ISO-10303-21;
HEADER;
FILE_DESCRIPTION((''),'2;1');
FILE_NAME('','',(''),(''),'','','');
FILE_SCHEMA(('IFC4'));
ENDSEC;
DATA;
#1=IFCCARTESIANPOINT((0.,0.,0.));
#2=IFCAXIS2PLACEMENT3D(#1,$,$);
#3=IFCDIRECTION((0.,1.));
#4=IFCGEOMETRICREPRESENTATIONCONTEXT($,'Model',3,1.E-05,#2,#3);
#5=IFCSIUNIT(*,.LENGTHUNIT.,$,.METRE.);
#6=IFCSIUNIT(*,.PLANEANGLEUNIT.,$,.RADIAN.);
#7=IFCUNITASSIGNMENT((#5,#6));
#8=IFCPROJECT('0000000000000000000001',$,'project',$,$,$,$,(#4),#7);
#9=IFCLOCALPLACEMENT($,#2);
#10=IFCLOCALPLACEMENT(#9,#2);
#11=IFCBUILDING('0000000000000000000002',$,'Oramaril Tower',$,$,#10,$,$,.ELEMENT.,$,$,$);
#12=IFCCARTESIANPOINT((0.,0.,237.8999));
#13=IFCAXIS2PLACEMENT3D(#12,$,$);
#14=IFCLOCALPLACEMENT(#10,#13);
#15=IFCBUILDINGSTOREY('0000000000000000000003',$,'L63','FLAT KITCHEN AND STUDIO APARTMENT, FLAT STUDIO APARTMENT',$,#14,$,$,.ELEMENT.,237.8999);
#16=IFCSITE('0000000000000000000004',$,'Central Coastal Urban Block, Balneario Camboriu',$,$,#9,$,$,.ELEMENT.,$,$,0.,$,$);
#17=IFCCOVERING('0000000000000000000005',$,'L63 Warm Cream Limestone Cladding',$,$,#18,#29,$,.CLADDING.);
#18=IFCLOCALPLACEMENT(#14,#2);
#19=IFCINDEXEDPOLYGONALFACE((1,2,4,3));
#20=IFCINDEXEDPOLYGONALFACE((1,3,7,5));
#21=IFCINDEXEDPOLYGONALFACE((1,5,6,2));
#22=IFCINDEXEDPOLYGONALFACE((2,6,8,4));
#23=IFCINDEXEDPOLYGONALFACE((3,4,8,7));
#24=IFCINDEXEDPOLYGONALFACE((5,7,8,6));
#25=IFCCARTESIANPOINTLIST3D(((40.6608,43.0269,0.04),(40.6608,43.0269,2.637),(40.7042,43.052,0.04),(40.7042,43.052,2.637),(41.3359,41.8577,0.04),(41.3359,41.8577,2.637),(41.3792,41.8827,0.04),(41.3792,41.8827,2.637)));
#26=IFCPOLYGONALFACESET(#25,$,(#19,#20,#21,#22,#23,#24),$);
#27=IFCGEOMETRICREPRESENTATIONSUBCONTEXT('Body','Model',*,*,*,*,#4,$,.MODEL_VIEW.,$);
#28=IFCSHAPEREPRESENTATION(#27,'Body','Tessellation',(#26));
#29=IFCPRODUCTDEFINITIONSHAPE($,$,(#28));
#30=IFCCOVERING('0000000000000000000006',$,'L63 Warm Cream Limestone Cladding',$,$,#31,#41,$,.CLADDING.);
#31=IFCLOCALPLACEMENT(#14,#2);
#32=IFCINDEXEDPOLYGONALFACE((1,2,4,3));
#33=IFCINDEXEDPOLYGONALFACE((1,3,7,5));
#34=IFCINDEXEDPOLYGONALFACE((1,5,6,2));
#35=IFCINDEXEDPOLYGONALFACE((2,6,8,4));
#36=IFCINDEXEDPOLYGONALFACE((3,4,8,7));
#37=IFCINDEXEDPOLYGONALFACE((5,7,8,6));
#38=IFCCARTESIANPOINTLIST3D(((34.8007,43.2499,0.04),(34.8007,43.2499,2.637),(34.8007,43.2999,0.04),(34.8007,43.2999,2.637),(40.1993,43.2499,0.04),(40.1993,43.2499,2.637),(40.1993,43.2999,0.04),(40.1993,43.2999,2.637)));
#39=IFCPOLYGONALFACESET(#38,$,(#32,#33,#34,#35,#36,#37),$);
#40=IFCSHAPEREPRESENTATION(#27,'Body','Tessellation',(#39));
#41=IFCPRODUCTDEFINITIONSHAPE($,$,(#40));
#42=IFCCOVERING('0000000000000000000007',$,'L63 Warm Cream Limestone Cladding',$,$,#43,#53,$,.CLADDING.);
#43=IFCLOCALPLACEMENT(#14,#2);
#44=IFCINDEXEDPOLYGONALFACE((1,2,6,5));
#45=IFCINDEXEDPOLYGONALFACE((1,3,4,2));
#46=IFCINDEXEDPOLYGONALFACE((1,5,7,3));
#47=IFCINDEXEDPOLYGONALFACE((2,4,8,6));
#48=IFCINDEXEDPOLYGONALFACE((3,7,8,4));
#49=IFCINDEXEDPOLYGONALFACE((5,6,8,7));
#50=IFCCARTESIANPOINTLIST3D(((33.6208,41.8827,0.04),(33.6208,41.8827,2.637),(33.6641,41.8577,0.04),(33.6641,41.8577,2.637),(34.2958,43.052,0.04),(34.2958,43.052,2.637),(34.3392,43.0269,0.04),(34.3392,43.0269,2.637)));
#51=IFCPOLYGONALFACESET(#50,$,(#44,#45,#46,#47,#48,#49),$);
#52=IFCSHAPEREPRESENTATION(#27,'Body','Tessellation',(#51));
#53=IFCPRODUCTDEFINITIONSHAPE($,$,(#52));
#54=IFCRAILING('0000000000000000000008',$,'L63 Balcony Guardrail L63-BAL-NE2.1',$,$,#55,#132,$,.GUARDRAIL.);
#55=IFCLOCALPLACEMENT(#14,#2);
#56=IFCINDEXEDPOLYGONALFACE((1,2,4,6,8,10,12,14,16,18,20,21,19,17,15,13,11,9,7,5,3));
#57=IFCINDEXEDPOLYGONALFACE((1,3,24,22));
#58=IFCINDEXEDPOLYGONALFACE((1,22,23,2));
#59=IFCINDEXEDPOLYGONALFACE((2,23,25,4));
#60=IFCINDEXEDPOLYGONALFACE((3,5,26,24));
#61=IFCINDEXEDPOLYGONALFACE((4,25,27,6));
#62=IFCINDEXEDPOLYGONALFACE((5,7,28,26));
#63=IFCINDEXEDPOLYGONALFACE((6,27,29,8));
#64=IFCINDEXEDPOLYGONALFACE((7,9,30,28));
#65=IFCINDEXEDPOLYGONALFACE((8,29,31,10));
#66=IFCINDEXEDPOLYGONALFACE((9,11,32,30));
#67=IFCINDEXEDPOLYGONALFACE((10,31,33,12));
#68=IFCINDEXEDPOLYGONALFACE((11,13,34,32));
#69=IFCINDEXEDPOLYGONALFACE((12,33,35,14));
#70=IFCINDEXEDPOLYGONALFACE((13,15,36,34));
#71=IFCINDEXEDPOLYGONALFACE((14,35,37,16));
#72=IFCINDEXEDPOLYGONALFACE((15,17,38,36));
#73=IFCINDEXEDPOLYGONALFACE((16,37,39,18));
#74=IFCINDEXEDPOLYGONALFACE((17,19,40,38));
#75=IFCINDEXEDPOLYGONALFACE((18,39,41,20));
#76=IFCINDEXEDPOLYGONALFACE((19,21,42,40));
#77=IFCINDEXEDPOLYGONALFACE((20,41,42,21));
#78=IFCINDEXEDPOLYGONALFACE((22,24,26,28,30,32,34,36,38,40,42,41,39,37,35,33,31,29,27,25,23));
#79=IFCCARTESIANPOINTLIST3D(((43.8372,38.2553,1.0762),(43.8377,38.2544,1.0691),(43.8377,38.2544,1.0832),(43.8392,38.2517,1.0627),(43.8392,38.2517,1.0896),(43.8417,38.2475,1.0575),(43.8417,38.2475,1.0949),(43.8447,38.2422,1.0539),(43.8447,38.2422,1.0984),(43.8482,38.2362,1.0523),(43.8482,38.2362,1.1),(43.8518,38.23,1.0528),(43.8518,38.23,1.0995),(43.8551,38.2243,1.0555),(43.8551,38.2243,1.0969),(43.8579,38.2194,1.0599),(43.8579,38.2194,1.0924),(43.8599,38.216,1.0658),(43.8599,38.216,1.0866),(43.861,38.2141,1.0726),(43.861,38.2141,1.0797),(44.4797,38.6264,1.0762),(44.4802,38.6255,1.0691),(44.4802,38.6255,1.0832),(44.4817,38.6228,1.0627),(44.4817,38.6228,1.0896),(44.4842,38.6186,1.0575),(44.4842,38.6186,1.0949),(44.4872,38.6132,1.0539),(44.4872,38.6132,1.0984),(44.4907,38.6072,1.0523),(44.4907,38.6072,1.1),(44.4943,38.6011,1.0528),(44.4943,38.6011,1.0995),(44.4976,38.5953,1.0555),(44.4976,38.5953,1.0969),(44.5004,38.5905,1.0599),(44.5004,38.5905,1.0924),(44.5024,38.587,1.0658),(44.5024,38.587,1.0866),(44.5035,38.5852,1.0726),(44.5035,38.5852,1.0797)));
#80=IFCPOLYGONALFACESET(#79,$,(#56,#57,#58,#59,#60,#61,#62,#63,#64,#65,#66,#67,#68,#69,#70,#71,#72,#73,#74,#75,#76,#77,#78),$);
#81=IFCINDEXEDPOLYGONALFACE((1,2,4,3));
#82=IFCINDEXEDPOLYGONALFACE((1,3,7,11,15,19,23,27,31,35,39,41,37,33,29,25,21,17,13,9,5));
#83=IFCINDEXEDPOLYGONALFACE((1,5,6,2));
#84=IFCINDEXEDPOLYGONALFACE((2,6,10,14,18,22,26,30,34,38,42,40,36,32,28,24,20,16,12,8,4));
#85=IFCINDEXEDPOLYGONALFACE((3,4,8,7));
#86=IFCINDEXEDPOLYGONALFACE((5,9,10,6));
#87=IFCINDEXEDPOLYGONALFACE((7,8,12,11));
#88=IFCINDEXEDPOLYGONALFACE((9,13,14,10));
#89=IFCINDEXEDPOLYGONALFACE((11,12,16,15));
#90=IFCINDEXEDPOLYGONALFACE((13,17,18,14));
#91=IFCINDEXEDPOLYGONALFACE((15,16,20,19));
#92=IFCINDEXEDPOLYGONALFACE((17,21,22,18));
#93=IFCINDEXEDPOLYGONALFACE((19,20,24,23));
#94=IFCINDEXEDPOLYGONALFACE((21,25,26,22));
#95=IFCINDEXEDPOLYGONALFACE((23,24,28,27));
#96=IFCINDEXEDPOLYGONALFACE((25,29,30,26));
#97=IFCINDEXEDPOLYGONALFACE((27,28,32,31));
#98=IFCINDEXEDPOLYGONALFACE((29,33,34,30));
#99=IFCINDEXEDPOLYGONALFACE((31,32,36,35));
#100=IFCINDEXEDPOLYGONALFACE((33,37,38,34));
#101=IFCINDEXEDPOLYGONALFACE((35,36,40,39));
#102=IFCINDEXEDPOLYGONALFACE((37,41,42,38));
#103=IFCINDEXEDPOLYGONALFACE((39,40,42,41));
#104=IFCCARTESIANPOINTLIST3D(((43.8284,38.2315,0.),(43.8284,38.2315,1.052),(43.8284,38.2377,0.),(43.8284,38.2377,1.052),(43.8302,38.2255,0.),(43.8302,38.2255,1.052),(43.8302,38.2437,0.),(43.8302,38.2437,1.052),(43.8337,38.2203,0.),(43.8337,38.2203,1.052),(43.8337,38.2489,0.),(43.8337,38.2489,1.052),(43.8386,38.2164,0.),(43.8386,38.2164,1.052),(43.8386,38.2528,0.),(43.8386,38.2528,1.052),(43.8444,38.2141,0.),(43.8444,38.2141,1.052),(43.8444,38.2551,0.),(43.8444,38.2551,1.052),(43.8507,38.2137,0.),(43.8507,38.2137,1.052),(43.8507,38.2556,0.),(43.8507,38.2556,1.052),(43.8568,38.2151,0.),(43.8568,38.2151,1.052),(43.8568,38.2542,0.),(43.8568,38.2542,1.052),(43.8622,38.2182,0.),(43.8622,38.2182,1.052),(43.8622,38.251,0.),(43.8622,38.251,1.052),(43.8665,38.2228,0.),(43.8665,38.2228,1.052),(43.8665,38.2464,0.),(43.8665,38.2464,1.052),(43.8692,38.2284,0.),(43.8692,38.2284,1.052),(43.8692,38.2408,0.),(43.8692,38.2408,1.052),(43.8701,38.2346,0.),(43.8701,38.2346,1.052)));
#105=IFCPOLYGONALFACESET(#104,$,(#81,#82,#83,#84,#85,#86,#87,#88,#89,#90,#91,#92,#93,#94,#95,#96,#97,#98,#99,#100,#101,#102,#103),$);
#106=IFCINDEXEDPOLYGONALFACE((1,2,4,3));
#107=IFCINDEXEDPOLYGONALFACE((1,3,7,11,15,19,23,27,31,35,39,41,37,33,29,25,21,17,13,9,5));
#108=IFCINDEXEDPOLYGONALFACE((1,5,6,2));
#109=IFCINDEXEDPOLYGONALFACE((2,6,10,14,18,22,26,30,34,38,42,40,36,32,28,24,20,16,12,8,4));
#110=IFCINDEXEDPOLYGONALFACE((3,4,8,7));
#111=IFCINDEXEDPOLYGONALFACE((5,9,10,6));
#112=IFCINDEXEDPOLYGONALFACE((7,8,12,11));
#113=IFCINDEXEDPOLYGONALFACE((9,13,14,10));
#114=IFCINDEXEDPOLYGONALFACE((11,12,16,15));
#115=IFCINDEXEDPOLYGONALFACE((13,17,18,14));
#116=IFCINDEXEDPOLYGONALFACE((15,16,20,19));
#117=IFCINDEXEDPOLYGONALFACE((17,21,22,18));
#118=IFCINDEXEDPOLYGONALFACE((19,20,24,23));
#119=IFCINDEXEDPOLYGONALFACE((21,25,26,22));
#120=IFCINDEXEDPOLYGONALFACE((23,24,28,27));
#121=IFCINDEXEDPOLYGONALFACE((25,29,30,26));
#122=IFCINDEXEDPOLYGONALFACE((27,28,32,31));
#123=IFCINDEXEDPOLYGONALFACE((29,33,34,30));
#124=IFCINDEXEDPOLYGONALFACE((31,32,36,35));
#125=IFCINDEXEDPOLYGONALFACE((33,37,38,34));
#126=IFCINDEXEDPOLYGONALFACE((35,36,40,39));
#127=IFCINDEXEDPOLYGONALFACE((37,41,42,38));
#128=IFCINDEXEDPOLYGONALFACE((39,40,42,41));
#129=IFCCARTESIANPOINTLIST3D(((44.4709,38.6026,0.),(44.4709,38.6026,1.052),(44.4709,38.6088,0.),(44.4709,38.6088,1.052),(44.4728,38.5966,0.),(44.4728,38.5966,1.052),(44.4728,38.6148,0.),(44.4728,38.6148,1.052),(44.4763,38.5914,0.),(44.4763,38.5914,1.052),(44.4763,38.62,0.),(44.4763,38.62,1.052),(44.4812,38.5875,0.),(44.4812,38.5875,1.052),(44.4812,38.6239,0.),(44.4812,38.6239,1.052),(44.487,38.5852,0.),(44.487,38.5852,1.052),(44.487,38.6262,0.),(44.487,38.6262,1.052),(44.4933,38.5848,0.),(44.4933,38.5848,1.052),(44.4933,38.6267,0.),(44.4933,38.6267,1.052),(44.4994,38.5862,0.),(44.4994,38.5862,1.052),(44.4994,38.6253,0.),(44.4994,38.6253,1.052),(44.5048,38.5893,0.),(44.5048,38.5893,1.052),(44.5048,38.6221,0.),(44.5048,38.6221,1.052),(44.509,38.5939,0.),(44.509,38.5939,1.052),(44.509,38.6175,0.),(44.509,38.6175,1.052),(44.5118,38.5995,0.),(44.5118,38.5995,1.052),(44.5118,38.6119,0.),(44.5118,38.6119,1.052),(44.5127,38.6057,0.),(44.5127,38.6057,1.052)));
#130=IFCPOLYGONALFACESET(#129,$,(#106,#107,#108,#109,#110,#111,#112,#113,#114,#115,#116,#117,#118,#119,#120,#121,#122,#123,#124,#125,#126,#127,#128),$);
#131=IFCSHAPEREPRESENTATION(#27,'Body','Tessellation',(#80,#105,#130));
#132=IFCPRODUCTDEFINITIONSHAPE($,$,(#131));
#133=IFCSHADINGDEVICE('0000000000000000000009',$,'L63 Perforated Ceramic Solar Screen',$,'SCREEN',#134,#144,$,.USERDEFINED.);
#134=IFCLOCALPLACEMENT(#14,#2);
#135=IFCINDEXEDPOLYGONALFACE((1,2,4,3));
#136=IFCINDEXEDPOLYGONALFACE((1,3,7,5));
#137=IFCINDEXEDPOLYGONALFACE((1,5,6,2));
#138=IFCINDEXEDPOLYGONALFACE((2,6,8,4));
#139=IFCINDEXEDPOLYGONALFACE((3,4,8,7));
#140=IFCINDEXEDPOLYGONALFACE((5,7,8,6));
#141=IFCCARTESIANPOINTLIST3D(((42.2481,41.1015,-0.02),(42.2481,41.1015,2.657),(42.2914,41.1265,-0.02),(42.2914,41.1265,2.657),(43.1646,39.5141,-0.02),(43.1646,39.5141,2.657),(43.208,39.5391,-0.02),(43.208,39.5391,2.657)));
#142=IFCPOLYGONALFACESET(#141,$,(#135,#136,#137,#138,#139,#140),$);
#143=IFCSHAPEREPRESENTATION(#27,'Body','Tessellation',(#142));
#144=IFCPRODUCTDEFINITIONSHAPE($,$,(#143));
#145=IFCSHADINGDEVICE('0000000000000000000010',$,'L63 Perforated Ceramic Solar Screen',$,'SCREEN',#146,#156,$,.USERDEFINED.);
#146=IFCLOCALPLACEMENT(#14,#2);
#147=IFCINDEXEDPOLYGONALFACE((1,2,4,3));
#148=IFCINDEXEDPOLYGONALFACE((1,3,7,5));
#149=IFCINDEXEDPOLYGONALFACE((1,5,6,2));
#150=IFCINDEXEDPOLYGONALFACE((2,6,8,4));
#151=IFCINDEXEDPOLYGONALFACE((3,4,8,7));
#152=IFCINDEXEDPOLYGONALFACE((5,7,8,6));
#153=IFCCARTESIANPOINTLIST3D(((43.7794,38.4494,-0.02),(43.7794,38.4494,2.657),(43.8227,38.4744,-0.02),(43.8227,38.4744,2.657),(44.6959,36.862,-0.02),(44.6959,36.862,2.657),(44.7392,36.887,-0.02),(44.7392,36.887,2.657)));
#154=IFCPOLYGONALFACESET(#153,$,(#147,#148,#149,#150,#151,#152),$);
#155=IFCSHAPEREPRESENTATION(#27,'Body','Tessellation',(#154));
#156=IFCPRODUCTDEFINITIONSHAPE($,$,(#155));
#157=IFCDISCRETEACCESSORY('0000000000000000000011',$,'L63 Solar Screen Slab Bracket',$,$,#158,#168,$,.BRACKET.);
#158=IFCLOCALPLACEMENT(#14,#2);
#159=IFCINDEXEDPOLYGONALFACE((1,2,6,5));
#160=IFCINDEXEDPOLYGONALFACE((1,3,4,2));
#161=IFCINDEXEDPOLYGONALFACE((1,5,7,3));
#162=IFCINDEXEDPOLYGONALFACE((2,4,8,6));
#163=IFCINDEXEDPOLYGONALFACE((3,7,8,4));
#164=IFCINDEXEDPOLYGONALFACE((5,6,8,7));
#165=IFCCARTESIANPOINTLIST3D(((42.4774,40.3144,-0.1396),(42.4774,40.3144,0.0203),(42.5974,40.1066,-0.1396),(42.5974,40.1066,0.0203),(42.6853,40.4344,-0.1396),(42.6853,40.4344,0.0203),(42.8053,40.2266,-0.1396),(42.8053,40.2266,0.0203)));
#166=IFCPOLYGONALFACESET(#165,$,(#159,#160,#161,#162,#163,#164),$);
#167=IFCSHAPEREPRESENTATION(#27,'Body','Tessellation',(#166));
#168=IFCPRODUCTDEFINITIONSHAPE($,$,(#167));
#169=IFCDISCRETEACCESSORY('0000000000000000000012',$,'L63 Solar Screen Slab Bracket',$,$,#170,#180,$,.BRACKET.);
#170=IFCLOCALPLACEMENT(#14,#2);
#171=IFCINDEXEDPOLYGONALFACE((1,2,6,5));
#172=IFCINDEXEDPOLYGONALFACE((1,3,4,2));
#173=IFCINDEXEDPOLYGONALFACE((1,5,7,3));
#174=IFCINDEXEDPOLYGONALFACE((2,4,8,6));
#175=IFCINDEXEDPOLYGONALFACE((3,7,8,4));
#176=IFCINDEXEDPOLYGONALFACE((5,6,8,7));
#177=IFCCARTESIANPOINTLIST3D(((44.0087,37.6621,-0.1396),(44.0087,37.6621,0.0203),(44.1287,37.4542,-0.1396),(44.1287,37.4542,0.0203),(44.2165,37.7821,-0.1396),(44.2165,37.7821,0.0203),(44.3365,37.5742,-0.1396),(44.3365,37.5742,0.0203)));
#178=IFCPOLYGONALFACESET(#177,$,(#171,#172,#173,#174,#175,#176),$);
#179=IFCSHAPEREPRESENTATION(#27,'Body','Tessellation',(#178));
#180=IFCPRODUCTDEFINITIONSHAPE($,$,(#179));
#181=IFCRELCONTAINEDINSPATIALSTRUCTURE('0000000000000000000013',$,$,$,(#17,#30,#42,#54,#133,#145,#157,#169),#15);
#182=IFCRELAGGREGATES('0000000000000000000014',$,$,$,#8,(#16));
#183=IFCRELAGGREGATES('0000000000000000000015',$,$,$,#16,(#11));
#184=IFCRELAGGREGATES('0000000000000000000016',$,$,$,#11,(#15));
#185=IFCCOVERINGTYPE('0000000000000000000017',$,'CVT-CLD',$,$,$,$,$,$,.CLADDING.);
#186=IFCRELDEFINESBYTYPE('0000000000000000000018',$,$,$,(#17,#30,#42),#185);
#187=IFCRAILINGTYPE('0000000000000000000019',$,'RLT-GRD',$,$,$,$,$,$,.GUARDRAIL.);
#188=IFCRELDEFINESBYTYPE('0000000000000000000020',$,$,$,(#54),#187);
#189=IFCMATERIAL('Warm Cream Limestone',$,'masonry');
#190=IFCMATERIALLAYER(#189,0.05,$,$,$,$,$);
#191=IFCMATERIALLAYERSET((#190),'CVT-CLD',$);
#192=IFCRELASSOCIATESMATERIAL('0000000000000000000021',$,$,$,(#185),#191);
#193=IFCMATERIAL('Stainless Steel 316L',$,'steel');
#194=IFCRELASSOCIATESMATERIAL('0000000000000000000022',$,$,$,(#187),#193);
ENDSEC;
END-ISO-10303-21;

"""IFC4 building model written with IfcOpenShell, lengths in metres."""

from ifc_helpers import new_model, si_unit, direction, frame, origin, origin_2d, place, context, subcontext, project, spatial, rectangle, circle, extrude, material, layer, layer_set, type_object, element, save


model = new_model("IFC4")

# Units and contexts
model_context = context("Model", 3, precision=1e-05, world=origin(), true_north=direction((0.0, 1.0)))
body_context = subcontext(model_context, "Body", "Model", "MODEL_VIEW")
ifc_project = project(units=[si_unit("LENGTHUNIT", "METRE"), si_unit("PLANEANGLEUNIT", "RADIAN")], contexts=[model_context])

# Site, building, storey
site_placement = place(None, origin())
site = spatial("IfcSite", under=ifc_project, at=site_placement, Name="Central Coastal Urban Block, Balneario Camboriu", CompositionType="ELEMENT", RefElevation=0.0)
building_placement = place(site_placement, origin())
building = spatial("IfcBuilding", under=site, at=building_placement, Name="Oramaril Tower", CompositionType="ELEMENT")
storey_placement = place(building_placement, frame((0.0, 0.0, 237.8999)))
storey = spatial("IfcBuildingStorey", under=building, at=storey_placement, Name="L63", Description="FLAT KITCHEN AND STUDIO APARTMENT, FLAT STUDIO APARTMENT", CompositionType="ELEMENT", Elevation=237.8999)

# Coverings
ifc_material_1 = material(Name="Warm Cream Limestone", Category="masonry")
ifc_layer_1 = layer(ifc_material_1, 0.05)
ifc_layer_set_1 = layer_set([ifc_layer_1], Name="CVT-CLD")
covering_type = type_object("IfcCoveringType", Name="CVT-CLD", PredefinedType="CLADDING", material=ifc_layer_set_1)
covering_1_placement = place(storey_placement, frame((41.02, 42.4548, 0.04), z_axis=(0.0, 0.0, 1.0), x_axis=(-0.500002, 0.866025, 0.0)))
element("IfcCovering", 1, at=covering_1_placement, inside=storey, type_object=covering_type, Name="L63 Warm Cream Limestone Cladding", PredefinedType="CLADDING", context=body_context, shape_type="SweptSolid", body=[
    extrude(rectangle(XDim=1.3501, YDim=0.05, at=origin_2d()), origin(), (0.0, 0.0, 1.0), 2.5969),
])
covering_2_placement = place(storey_placement, frame((37.5, 43.2749, 0.04), z_axis=(0.0, 0.0, 1.0), x_axis=(-1.0, 0.0, 0.0)))
element("IfcCovering", 2, at=covering_2_placement, inside=storey, type_object=covering_type, Name="L63 Warm Cream Limestone Cladding", PredefinedType="CLADDING", context=body_context, shape_type="SweptSolid", body=[
    extrude(rectangle(XDim=5.3987, YDim=0.05, at=origin_2d()), origin(), (0.0, 0.0, 1.0), 2.5969),
])
covering_3_placement = place(storey_placement, frame((33.98, 42.4548, 0.04), z_axis=(0.0, 0.0, 1.0), x_axis=(-0.500002, -0.866025, 0.0)))
element("IfcCovering", 3, at=covering_3_placement, inside=storey, type_object=covering_type, Name="L63 Warm Cream Limestone Cladding", PredefinedType="CLADDING", context=body_context, shape_type="SweptSolid", body=[
    extrude(rectangle(XDim=1.3501, YDim=0.05, at=origin_2d()), origin(), (0.0, 0.0, 1.0), 2.5969),
])

# Railing
ifc_material_2 = material(Name="Stainless Steel 316L", Category="steel")
railing_type = type_object("IfcRailingType", Name="RLT-GRD", PredefinedType="GUARDRAIL", material=ifc_material_2)
railing_1_placement = place(storey_placement, frame((43.8491, 38.2346, 0.0)))
element("IfcRailing", 4, at=railing_1_placement, inside=storey, type_object=railing_type, Name="L63 Balcony Guardrail L63-BAL-NE2.1", PredefinedType="GUARDRAIL", context=body_context, shape_type="SweptSolid", body=[
    extrude(circle(Radius=0.0239, at=origin_2d()), frame((0.0, 0.0, 1.0762), z_axis=(0.865966, 0.500102, 0.0), x_axis=(-0.500102, 0.865966, 0.0)), (0.0, 0.0, 1.0), 0.7419),
    extrude(circle(Radius=0.021, at=origin_2d()), origin(), (0.0, 0.0, 1.0), 1.052),
    extrude(circle(Radius=0.021, at=origin_2d()), frame((0.6426, 0.3711, 0.0)), (0.0, 0.0, 1.0), 1.052),
])

# Shading devices
for number, where, z_axis, x_axis, name in (
    (5, (42.728, 40.3203, -0.02), (0.0, 0.0, 1.0), (-0.500002, 0.866025, 0.0), "L63 Perforated Ceramic Solar Screen"),
    (6, (44.2593, 37.6682, -0.02), (0.0, 0.0, 1.0), (-0.500002, 0.866025, 0.0), "L63 Perforated Ceramic Solar Screen"),
):
    element("IfcShadingDevice", number, at=place(storey_placement, frame(where, z_axis=z_axis, x_axis=x_axis)), inside=storey, Name=name, ObjectType="SCREEN", PredefinedType="USERDEFINED", context=body_context, shape_type="SweptSolid", body=[
        extrude(rectangle(XDim=1.833, YDim=0.05, at=origin_2d()), origin(), (0.0, 0.0, 1.0), 2.677),
    ])

# Discrete accessories
for number, where, z_axis, x_axis, name in (
    (7, (42.6414, 40.2705, -0.1396), (0.0, 0.0, 1.0), (-0.500002, 0.866025, 0.0), "L63 Solar Screen Slab Bracket"),
    (8, (44.1726, 37.6182, -0.1396), (0.0, 0.0, 1.0), (-0.500002, 0.866025, 0.0), "L63 Solar Screen Slab Bracket"),
):
    element("IfcDiscreteAccessory", number, at=place(storey_placement, frame(where, z_axis=z_axis, x_axis=x_axis)), inside=storey, Name=name, PredefinedType="BRACKET", context=body_context, shape_type="SweptSolid", body=[
        extrude(rectangle(XDim=0.24, YDim=0.24, at=origin_2d()), origin(), (0.0, 0.0, 1.0), 0.1599),
    ])

save(model, "model.ifc")
